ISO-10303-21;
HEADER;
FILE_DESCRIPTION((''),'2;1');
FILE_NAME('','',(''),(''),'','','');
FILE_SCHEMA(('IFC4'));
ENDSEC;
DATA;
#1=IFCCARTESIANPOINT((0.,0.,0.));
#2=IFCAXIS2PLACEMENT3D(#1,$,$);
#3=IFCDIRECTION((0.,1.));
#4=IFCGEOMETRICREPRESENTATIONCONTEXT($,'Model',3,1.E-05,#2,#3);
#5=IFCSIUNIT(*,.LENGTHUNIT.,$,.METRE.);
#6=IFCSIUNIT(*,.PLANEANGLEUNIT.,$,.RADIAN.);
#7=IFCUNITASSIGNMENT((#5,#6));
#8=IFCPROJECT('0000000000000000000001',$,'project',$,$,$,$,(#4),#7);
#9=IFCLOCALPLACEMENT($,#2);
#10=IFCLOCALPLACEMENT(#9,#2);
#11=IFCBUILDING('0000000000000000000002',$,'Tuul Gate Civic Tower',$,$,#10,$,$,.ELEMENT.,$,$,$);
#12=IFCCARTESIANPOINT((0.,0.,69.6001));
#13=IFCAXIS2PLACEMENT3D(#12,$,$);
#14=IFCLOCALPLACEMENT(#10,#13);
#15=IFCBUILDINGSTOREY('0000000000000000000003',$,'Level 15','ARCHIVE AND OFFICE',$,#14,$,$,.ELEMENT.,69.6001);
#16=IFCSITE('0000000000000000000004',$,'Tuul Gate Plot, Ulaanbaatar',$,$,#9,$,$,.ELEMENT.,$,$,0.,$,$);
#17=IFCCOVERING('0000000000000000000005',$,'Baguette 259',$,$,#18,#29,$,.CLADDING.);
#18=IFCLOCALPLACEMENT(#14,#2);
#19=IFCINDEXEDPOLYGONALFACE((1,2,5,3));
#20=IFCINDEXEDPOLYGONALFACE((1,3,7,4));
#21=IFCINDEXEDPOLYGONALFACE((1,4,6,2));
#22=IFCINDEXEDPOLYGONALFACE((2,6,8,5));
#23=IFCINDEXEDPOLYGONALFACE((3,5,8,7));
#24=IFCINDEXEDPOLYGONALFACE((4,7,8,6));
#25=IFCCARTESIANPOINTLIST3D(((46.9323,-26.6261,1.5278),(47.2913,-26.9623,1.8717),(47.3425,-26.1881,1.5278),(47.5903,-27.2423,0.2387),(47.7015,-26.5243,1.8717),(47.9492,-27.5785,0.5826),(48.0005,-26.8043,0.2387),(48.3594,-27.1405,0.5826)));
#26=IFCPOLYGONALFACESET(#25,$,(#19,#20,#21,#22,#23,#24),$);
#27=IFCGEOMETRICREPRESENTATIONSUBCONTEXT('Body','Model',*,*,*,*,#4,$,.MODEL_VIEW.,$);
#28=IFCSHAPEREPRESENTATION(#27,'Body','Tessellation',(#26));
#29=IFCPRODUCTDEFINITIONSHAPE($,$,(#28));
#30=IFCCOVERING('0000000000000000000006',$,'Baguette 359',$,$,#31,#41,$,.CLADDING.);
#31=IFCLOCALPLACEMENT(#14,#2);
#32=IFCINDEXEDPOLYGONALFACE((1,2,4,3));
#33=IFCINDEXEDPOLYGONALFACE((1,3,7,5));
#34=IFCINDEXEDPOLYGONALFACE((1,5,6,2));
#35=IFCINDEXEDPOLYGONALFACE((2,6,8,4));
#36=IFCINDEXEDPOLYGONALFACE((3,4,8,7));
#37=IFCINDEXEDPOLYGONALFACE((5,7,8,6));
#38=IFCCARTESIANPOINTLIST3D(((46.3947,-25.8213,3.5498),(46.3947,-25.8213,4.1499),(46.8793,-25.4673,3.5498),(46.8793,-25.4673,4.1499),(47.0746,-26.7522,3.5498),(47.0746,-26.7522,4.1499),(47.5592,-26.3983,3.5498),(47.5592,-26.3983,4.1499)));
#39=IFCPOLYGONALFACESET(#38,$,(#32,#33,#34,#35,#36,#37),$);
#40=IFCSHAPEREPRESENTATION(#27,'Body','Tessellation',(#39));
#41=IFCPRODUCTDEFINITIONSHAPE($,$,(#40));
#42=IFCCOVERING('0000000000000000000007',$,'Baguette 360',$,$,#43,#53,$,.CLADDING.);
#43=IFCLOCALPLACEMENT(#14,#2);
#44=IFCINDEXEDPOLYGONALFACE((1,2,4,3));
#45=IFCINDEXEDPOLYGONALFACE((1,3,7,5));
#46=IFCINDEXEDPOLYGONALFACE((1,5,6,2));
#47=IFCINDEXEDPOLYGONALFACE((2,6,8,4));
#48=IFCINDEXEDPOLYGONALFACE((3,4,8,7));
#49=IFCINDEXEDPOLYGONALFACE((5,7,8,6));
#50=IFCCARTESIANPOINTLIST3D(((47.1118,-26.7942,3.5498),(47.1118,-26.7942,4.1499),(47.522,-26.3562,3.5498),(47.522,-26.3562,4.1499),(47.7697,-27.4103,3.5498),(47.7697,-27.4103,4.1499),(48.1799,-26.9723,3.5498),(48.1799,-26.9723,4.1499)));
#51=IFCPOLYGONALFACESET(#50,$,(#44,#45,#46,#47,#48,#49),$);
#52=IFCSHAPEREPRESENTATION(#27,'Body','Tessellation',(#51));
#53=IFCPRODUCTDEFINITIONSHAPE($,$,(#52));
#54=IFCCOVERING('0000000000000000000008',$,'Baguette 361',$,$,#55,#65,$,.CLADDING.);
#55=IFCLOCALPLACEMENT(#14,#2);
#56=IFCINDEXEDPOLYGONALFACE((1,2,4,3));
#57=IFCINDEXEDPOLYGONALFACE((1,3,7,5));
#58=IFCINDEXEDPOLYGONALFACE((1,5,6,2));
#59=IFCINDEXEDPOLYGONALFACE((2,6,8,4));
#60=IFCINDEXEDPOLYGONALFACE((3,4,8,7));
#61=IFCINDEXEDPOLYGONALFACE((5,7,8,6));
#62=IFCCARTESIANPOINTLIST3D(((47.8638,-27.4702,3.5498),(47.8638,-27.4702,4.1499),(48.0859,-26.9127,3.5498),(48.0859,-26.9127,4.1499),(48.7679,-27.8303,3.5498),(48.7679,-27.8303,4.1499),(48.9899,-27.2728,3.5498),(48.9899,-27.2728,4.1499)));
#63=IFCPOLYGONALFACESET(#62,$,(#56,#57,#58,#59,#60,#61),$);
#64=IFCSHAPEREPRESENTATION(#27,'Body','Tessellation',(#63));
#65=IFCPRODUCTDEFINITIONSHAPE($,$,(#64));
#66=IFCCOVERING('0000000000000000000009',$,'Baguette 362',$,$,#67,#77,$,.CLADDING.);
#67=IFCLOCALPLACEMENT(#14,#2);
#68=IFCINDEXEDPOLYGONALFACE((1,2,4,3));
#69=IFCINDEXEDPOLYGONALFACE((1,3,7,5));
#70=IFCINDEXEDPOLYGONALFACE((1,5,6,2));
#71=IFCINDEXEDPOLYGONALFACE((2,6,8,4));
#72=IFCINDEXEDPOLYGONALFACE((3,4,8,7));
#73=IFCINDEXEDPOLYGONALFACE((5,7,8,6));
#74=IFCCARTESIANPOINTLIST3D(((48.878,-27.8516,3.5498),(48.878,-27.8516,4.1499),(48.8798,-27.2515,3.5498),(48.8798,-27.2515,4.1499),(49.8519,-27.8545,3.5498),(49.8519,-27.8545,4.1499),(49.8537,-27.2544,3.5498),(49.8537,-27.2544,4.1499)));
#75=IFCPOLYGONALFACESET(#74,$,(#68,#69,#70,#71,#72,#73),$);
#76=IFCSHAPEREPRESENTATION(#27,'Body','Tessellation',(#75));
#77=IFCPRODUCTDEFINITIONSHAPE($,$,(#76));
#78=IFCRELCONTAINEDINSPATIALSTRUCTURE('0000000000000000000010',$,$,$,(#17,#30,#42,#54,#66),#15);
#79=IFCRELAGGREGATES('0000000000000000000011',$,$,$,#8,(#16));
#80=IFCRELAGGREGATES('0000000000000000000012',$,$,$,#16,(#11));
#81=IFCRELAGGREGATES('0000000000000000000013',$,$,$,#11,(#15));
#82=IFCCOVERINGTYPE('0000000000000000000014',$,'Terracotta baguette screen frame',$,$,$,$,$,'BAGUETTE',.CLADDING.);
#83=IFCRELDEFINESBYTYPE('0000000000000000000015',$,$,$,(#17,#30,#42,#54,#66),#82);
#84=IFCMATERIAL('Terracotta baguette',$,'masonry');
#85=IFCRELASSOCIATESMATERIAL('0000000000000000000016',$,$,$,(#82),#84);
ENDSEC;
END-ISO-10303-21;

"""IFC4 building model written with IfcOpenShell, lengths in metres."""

from ifc_helpers import new_model, si_unit, direction, frame, origin, origin_2d, place, context, subcontext, project, spatial, rectangle, extrude, material, material_profile, profile_set, type_object, element, save


model = new_model("IFC4")

# Units and contexts
model_context = context("Model", 3, precision=1e-05, world=origin(), true_north=direction((0.0, 1.0)))
body_context = subcontext(model_context, "Body", "Model", "MODEL_VIEW")
ifc_project = project(units=[si_unit("LENGTHUNIT", "METRE"), si_unit("PLANEANGLEUNIT", "RADIAN")], contexts=[model_context])

# Site, building, storey
site_placement = place(None, origin())
site = spatial("IfcSite", under=ifc_project, at=site_placement, Name="Tuul Gate Plot, Ulaanbaatar", CompositionType="ELEMENT", RefElevation=0.0)
building_placement = place(site_placement, origin())
building = spatial("IfcBuilding", under=site, at=building_placement, Name="Tuul Gate Civic Tower", CompositionType="ELEMENT")
storey_placement = place(building_placement, frame((0.0, 0.0, 69.6001)))
storey = spatial("IfcBuildingStorey", under=building, at=storey_placement, Name="Level 15", Description="ARCHIVE AND OFFICE", CompositionType="ELEMENT", Elevation=69.6001)

# Coverings
ifc_material_1 = material(Name="Terracotta baguette", Category="masonry")
ifc_material_profile_1 = material_profile(ifc_material_1, rectangle(XDim=0.6001, YDim=0.6001, at=origin_2d()), Name="Terracotta baguette screen frame")
ifc_profile_set_1 = profile_set([ifc_material_profile_1], Name="Terracotta baguette")
covering_type = type_object("IfcCoveringType", Name="Terracotta baguette screen frame", ElementType="BAGUETTE", PredefinedType="CLADDING", material=ifc_profile_set_1)
covering_1_placement = place(storey_placement, frame((47.3169, -26.5752, 1.6997), z_axis=(0.418285, -0.391744, -0.819496), x_axis=(0.683572, 0.729883, 0.0)))
element("IfcCovering", 1, at=covering_1_placement, inside=storey, type_object=covering_type, Name="Baguette 259", PredefinedType="CLADDING", context=body_context, shape_type="SweptSolid", body=[
    extrude(rectangle(XDim=0.6001, YDim=0.6001, at=origin_2d()), origin(), (0.0, 0.0, 1.0), 1.573),
])
covering_2_placement = place(storey_placement, frame((46.637, -25.6443, 3.8499), z_axis=(0.58982, -0.807535, 0.0), x_axis=(0.807535, 0.58982, 0.0)))
element("IfcCovering", 2, at=covering_2_placement, inside=storey, type_object=covering_type, Name="Baguette 359", PredefinedType="CLADDING", context=body_context, shape_type="SweptSolid", body=[
    extrude(rectangle(XDim=0.6001, YDim=0.6001, at=origin_2d()), origin(), (0.0, 0.0, 1.0), 1.1528),
])
covering_3_placement = place(storey_placement, frame((47.3169, -26.5752, 3.8499), z_axis=(0.729883, -0.683572, 0.0), x_axis=(0.683572, 0.729883, 0.0)))
element("IfcCovering", 3, at=covering_3_placement, inside=storey, type_object=covering_type, Name="Baguette 360", PredefinedType="CLADDING", context=body_context, shape_type="SweptSolid", body=[
    extrude(rectangle(XDim=0.6001, YDim=0.6001, at=origin_2d()), origin(), (0.0, 0.0, 1.0), 0.9014),
])
covering_4_placement = place(storey_placement, frame((47.9749, -27.1914, 3.8499), z_axis=(0.929012, -0.370049, 0.0), x_axis=(0.370049, 0.929012, 0.0)))
element("IfcCovering", 4, at=covering_4_placement, inside=storey, type_object=covering_type, Name="Baguette 361", PredefinedType="CLADDING", context=body_context, shape_type="SweptSolid", body=[
    extrude(rectangle(XDim=0.6001, YDim=0.6001, at=origin_2d()), origin(), (0.0, 0.0, 1.0), 0.9731),
])
covering_5_placement = place(storey_placement, frame((48.8789, -27.5515, 3.8499), z_axis=(0.999995, -0.003008, 0.0), x_axis=(0.003008, 0.999995, 0.0)))
element("IfcCovering", 5, at=covering_5_placement, inside=storey, type_object=covering_type, Name="Baguette 362", PredefinedType="CLADDING", context=body_context, shape_type="SweptSolid", body=[
    extrude(rectangle(XDim=0.6001, YDim=0.6001, at=origin_2d()), origin(), (0.0, 0.0, 1.0), 0.9739),
])

save(model, "model.ifc")
